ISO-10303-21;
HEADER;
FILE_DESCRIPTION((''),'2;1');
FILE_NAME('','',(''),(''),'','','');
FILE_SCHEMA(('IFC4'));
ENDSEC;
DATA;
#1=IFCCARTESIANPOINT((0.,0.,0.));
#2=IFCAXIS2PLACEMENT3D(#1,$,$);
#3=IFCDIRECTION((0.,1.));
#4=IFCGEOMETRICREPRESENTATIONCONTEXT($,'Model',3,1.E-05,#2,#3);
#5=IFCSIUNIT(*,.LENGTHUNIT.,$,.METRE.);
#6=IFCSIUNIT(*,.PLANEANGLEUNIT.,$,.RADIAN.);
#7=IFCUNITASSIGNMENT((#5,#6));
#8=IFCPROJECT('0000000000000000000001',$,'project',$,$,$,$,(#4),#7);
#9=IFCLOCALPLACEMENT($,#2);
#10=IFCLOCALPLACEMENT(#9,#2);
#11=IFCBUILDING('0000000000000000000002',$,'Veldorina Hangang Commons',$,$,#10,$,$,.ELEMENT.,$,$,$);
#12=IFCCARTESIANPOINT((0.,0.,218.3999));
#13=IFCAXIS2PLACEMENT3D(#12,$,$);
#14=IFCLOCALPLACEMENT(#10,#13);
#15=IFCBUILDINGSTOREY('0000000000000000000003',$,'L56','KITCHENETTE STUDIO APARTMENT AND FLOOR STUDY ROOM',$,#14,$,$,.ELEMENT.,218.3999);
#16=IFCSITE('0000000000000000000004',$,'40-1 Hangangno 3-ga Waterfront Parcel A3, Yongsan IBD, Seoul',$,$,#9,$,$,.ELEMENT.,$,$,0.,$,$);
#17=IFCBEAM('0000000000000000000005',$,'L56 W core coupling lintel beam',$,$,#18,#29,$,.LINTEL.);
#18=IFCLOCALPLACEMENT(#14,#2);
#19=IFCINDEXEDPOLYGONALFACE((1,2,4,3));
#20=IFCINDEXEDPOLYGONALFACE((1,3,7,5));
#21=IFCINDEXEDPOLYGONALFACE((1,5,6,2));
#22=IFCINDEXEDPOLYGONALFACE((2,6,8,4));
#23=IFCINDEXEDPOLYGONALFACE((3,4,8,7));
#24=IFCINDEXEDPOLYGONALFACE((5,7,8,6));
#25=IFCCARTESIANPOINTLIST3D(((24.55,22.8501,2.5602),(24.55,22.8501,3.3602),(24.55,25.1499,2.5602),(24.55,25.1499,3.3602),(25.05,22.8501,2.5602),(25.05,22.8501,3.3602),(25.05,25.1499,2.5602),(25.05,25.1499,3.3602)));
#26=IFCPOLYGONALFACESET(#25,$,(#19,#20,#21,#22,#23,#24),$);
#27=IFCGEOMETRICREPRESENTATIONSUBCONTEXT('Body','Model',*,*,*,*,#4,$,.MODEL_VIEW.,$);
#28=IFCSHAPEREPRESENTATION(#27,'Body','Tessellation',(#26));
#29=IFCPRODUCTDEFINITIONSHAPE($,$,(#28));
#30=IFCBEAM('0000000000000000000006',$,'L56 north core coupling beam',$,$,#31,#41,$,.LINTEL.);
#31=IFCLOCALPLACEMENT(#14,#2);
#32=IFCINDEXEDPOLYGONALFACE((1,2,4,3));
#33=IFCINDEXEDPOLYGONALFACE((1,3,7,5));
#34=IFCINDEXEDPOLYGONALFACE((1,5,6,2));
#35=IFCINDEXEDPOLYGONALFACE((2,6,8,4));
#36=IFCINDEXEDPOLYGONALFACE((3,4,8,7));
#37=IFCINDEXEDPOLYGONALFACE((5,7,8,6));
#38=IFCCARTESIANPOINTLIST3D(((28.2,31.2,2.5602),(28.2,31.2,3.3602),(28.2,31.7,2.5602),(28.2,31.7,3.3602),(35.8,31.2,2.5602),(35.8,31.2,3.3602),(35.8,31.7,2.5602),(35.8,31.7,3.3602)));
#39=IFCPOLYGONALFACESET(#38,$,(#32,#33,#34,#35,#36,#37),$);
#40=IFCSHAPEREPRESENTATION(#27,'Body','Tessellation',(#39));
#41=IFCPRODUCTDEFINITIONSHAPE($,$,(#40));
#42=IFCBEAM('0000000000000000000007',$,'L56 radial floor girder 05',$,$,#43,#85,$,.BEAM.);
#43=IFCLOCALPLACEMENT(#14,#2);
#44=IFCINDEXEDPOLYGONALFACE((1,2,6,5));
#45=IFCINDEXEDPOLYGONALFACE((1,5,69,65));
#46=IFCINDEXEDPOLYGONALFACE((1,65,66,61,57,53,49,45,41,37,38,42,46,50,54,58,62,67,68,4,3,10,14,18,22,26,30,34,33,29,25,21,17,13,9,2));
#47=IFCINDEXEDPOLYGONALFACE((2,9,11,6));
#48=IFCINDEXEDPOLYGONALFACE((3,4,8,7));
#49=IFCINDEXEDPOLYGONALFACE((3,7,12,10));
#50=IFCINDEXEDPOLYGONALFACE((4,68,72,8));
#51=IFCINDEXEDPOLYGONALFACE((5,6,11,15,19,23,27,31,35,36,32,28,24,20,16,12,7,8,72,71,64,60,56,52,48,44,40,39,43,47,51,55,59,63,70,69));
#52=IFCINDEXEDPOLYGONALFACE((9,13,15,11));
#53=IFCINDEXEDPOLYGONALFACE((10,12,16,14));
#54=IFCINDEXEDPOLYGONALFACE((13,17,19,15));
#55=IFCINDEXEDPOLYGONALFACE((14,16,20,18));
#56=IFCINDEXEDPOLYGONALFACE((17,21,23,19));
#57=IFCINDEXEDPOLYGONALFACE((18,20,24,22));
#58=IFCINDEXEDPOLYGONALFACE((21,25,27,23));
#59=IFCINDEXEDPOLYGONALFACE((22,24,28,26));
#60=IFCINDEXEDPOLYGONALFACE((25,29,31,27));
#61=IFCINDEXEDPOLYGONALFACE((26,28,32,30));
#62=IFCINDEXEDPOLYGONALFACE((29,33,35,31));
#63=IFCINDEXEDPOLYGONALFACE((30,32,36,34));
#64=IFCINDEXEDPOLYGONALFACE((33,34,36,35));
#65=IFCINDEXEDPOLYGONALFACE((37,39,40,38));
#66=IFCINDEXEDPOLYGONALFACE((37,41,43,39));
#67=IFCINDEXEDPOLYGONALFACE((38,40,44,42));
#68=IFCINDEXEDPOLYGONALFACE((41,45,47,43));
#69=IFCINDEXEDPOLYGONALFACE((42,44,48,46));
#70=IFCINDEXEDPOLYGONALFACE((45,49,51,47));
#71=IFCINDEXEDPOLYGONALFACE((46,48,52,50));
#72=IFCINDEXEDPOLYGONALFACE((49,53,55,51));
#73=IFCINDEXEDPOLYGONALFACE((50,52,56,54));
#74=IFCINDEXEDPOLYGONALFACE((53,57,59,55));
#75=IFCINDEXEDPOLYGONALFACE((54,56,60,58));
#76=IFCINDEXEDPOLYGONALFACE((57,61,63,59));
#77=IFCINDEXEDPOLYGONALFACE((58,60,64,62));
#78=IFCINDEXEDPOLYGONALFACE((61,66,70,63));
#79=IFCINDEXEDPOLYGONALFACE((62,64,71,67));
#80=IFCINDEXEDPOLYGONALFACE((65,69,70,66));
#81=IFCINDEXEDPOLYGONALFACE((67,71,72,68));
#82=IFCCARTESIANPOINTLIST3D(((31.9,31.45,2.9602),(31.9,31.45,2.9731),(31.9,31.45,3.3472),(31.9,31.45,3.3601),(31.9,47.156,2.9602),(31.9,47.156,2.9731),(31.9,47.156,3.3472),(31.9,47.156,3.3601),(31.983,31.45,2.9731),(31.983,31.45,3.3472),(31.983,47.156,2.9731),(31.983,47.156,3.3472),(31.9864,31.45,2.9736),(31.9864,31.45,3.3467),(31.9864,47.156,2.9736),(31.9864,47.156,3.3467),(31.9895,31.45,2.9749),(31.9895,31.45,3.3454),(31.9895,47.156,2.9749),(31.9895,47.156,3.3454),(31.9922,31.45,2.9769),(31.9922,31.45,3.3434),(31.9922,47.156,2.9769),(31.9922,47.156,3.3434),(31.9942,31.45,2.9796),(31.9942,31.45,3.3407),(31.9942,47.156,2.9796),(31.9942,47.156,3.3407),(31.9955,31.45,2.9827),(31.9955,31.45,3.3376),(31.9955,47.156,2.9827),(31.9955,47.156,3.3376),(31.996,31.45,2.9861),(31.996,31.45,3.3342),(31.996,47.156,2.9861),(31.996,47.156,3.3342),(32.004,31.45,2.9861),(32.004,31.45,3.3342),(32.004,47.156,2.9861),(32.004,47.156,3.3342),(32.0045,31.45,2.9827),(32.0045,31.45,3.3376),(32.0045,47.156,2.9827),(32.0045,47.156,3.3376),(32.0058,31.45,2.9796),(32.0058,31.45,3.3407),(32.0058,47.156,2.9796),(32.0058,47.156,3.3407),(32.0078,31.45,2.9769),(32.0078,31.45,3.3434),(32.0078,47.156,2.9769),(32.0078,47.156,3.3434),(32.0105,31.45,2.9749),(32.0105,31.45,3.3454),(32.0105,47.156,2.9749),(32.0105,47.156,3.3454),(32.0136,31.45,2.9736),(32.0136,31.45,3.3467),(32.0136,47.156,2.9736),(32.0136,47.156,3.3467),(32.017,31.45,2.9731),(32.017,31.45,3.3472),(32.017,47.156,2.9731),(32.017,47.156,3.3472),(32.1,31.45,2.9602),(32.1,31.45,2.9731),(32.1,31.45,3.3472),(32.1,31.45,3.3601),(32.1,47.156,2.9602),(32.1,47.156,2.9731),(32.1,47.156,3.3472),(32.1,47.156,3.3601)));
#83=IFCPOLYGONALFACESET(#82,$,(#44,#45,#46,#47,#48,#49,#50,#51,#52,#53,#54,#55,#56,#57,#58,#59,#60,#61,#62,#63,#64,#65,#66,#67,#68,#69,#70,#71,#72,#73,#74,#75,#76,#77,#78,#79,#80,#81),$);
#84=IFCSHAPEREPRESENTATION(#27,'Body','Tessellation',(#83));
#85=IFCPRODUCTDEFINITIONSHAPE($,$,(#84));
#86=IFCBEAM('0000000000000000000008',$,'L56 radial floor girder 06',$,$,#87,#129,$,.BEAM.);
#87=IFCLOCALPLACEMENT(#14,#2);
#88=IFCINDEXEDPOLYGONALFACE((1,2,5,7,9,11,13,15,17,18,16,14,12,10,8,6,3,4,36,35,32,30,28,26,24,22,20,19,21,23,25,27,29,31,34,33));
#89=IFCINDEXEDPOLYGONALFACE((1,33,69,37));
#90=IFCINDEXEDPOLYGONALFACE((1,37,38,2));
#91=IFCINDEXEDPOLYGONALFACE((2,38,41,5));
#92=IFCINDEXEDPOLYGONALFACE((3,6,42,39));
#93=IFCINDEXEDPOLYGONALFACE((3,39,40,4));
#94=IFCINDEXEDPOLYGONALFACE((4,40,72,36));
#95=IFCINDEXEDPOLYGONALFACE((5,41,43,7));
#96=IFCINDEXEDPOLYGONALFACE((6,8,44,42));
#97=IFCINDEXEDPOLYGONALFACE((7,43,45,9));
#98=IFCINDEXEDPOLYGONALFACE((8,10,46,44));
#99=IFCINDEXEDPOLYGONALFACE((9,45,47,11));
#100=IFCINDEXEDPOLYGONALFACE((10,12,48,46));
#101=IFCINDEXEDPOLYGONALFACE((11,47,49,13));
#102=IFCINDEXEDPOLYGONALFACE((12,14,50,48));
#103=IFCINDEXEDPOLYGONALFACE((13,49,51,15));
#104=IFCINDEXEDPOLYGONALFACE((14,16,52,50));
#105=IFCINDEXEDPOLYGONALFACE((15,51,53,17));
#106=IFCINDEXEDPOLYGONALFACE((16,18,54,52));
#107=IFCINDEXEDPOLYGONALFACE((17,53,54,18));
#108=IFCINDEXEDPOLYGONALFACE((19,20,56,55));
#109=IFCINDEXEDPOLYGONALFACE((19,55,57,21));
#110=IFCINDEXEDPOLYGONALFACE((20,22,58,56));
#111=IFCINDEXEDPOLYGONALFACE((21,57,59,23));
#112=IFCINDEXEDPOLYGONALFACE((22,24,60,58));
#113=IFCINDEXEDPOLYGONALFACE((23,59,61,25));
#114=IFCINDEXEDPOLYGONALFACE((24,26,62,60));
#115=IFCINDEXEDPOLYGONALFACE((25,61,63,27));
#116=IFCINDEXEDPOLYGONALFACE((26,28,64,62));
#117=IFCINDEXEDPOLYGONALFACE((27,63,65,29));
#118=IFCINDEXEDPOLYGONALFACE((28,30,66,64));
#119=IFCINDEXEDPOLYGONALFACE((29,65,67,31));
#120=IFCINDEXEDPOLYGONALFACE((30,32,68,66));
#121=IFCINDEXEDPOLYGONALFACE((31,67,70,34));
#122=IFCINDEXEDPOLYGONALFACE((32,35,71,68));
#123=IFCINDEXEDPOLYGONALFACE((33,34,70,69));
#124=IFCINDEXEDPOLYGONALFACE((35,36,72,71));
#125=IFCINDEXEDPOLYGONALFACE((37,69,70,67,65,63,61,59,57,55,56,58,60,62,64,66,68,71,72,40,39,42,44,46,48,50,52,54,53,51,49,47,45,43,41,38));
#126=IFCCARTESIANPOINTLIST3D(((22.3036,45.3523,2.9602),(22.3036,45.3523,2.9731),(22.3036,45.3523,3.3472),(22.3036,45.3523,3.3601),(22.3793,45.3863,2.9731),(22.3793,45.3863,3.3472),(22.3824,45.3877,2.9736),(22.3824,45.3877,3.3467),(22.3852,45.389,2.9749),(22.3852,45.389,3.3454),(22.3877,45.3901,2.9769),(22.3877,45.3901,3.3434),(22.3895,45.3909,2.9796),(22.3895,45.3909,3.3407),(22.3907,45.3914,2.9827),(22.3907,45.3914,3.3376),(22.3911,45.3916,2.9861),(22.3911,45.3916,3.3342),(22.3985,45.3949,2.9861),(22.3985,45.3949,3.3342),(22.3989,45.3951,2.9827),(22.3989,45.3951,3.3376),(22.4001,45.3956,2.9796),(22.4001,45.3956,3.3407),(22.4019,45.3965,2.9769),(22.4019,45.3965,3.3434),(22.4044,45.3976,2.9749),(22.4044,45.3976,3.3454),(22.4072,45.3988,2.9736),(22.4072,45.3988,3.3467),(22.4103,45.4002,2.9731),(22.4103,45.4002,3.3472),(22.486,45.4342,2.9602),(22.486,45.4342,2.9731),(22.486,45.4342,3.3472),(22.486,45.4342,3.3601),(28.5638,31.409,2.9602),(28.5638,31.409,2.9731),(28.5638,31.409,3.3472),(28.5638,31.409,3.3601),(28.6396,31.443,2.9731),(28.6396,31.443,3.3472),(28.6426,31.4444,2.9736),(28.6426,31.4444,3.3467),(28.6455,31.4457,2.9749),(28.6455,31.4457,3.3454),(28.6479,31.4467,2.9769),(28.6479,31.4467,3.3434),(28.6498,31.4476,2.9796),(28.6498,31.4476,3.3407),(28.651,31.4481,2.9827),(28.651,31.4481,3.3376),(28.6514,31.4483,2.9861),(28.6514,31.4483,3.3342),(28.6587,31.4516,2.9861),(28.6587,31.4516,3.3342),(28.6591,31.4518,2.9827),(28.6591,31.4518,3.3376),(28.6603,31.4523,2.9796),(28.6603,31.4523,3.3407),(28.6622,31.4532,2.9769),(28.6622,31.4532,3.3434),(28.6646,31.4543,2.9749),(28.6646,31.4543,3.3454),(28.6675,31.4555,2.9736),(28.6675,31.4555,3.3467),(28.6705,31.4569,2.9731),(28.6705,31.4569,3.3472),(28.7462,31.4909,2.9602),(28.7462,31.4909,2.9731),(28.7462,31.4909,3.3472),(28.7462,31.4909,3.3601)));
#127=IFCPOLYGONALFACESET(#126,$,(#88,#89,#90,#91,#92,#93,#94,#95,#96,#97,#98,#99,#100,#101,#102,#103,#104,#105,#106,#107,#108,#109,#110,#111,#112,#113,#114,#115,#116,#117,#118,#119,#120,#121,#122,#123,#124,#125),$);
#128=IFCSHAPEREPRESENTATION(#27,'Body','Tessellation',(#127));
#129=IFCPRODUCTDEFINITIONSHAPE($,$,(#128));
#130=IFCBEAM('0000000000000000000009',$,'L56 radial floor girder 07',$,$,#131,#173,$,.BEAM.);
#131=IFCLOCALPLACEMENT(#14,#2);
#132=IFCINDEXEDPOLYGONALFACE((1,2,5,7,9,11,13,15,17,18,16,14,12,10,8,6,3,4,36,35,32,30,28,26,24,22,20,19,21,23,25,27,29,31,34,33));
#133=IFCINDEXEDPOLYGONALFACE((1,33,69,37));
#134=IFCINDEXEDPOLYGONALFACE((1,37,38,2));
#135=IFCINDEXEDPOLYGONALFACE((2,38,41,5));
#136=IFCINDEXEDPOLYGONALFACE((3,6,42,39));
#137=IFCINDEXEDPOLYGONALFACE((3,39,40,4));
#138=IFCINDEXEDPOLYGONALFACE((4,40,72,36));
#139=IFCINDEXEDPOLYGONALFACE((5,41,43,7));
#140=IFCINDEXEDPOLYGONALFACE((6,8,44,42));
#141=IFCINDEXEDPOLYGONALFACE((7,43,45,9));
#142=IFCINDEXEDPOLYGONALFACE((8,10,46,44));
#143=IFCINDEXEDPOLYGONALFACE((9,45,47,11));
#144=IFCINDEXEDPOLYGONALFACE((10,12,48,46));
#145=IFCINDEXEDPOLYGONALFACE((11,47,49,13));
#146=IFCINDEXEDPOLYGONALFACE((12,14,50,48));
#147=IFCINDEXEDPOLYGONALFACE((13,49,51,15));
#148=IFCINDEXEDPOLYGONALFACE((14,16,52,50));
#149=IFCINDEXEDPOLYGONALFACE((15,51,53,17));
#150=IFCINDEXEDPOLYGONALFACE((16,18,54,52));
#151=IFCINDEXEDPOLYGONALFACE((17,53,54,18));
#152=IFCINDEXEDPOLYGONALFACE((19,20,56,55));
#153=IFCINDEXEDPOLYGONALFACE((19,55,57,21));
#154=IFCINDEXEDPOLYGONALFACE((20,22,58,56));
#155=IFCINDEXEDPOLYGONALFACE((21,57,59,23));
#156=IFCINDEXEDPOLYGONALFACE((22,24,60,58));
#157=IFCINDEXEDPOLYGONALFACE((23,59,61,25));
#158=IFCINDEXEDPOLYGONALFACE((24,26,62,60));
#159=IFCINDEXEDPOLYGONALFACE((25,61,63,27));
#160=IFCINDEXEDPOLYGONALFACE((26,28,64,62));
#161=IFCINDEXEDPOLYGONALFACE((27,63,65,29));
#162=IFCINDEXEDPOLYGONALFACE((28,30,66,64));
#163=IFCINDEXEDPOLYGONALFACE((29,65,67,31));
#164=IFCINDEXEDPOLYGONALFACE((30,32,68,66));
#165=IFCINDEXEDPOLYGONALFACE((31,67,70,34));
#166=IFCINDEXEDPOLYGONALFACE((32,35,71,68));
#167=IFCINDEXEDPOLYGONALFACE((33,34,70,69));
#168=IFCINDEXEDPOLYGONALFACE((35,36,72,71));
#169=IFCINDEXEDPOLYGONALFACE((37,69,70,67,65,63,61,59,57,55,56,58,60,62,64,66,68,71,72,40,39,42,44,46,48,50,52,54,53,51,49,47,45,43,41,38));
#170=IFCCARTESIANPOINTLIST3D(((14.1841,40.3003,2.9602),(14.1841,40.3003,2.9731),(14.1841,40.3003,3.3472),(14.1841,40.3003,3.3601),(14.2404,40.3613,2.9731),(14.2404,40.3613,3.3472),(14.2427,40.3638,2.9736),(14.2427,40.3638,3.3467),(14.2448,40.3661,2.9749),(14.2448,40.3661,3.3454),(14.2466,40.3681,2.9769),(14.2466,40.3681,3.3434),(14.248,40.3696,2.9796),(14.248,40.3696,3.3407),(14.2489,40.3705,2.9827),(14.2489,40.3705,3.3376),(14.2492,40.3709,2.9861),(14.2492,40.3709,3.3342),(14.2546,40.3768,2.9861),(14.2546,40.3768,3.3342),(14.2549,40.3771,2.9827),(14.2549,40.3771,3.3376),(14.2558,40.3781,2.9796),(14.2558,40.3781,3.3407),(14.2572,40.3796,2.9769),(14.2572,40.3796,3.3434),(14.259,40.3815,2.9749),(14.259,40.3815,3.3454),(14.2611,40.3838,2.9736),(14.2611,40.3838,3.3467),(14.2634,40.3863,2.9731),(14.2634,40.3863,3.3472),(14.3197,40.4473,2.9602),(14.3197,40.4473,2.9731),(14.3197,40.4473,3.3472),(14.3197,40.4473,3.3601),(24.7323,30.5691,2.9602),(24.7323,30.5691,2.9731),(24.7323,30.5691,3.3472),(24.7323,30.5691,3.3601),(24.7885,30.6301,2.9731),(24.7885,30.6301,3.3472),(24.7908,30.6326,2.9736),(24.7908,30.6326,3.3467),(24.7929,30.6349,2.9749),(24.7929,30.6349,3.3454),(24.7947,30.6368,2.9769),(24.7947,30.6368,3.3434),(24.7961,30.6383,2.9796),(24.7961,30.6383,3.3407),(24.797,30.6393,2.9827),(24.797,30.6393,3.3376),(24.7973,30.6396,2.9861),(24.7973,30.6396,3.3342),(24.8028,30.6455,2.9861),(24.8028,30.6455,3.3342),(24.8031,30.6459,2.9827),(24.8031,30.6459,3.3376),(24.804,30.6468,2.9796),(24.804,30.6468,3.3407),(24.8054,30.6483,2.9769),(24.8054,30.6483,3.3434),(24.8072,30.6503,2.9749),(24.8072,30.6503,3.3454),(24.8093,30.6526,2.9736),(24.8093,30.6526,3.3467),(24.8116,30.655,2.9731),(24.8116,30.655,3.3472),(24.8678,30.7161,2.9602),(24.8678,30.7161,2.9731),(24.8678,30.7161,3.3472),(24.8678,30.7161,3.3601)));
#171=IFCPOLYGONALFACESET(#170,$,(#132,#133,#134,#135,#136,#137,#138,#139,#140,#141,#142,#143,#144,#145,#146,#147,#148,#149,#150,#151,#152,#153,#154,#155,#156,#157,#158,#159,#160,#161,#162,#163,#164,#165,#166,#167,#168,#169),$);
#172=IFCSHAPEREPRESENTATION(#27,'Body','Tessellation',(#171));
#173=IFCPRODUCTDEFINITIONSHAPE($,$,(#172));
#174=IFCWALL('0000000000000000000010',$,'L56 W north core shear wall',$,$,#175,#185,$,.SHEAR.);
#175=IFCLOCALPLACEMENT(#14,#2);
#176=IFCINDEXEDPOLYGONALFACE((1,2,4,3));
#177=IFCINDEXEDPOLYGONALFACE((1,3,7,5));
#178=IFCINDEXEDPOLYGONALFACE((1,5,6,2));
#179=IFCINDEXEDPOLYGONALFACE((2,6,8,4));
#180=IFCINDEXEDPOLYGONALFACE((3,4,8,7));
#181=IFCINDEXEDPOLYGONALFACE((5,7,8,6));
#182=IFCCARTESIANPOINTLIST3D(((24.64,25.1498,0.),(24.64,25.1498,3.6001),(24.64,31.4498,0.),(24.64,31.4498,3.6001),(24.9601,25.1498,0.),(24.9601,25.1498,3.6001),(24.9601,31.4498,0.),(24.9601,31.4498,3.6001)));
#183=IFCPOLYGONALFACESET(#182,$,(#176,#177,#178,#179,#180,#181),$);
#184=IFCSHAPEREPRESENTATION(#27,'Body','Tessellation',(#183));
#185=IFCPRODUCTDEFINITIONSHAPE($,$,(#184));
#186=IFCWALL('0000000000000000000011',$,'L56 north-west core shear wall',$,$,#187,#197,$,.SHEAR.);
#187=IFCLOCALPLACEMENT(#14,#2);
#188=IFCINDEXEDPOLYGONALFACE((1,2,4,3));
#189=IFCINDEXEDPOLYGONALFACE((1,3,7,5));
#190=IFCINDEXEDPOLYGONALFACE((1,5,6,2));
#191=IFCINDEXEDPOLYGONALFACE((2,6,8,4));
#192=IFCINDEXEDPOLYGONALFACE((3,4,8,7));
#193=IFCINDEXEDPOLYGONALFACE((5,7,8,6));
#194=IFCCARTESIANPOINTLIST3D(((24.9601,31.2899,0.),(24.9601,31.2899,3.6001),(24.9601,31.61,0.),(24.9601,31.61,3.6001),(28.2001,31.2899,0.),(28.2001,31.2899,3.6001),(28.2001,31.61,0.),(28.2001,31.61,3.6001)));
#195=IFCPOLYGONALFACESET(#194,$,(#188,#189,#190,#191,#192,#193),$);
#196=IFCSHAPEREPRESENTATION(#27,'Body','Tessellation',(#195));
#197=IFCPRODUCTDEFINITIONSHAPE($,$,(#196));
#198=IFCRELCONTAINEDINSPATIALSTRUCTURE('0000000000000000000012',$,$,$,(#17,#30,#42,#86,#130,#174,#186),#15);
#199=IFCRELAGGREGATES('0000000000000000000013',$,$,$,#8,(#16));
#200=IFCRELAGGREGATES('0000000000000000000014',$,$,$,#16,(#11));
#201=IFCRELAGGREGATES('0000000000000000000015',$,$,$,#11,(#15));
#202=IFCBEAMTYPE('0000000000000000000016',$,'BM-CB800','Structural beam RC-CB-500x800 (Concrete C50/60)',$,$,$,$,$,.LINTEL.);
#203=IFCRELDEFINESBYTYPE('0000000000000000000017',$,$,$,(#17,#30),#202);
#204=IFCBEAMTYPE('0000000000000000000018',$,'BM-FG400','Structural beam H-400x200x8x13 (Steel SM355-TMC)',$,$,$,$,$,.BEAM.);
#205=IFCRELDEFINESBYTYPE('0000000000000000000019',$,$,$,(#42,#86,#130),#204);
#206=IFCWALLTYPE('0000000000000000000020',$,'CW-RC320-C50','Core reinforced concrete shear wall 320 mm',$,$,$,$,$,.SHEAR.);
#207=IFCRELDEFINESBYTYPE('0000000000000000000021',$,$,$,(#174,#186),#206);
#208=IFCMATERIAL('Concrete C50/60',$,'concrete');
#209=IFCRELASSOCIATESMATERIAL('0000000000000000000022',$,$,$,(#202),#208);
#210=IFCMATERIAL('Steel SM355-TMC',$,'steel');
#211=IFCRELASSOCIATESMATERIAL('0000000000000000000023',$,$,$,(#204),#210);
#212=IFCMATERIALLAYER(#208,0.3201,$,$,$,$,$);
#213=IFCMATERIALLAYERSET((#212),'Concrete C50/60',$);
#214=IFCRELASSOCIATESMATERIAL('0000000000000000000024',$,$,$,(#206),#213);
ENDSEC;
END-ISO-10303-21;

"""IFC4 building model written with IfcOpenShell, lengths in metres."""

from ifc_helpers import new_model, si_unit, direction, frame, frame_2d, origin, origin_2d, place, context, subcontext, project, spatial, rectangle, i_section, extrude, material, layer, layer_set, material_profile, profile_set, type_object, element, save


model = new_model("IFC4")

# Units and contexts
model_context = context("Model", 3, precision=1e-05, world=origin(), true_north=direction((0.0, 1.0)))
body_context = subcontext(model_context, "Body", "Model", "MODEL_VIEW")
ifc_project = project(units=[si_unit("LENGTHUNIT", "METRE"), si_unit("PLANEANGLEUNIT", "RADIAN")], contexts=[model_context])

# Site, building, storey
site_placement = place(None, origin())
site = spatial("IfcSite", under=ifc_project, at=site_placement, Name="40-1 Hangangno 3-ga Waterfront Parcel A3, Yongsan IBD, Seoul", CompositionType="ELEMENT", RefElevation=0.0)
building_placement = place(site_placement, origin())
building = spatial("IfcBuilding", under=site, at=building_placement, Name="Veldorina Hangang Commons", CompositionType="ELEMENT")
storey_placement = place(building_placement, frame((0.0, 0.0, 218.3999)))
storey = spatial("IfcBuildingStorey", under=building, at=storey_placement, Name="L56", Description="KITCHENETTE STUDIO APARTMENT AND FLOOR STUDY ROOM", CompositionType="ELEMENT", Elevation=218.3999)

# Beams
ifc_material_1 = material(Name="Concrete C50/60", Category="concrete")
ifc_material_profile_1 = material_profile(ifc_material_1, rectangle(XDim=0.5, YDim=0.8, at=origin_2d()), Name="RC-CB-500x800")
ifc_profile_set_1 = profile_set([ifc_material_profile_1], Name="Concrete C50/60")
beam_type_1 = type_object("IfcBeamType", Name="BM-CB800", Description="Structural beam RC-CB-500x800 (Concrete C50/60)", PredefinedType="LINTEL", material=ifc_profile_set_1)
beam_1_placement = place(storey_placement, frame((24.8, 22.8501, 2.9602), z_axis=(0.0, 1.0, 0.0), x_axis=(-1.0, 0.0, 0.0)))
element("IfcBeam", 1, at=beam_1_placement, inside=storey, type_object=beam_type_1, Name="L56 W core coupling lintel beam", PredefinedType="LINTEL", context=body_context, shape_type="SweptSolid", body=[
    extrude(rectangle(XDim=0.5, YDim=0.8, at=origin_2d()), origin(), (0.0, 0.0, 1.0), 2.2998),
])
beam_2_placement = place(storey_placement, frame((28.2, 31.45, 2.9602), z_axis=(1.0, 0.0, 0.0), x_axis=(0.0, 1.0, 0.0)))
element("IfcBeam", 2, at=beam_2_placement, inside=storey, type_object=beam_type_1, Name="L56 north core coupling beam", PredefinedType="LINTEL", context=body_context, shape_type="SweptSolid", body=[
    extrude(rectangle(XDim=0.5, YDim=0.8, at=origin_2d()), origin(), (0.0, 0.0, 1.0), 7.6001),
])
ifc_material_2 = material(Name="Steel SM355-TMC", Category="steel")
ifc_material_profile_2 = material_profile(ifc_material_2, i_section(OverallWidth=0.2, OverallDepth=0.3999, WebThickness=0.0081, FlangeThickness=0.0129, FilletRadius=0.0129, at=origin_2d()), Name="H-400x200x8x13")
ifc_profile_set_2 = profile_set([ifc_material_profile_2], Name="Steel SM355-TMC")
beam_type_2 = type_object("IfcBeamType", Name="BM-FG400", Description="Structural beam H-400x200x8x13 (Steel SM355-TMC)", PredefinedType="BEAM", material=ifc_profile_set_2)
beam_3_placement = place(storey_placement, frame((32.0, 31.45, 3.1602), z_axis=(0.0, 1.0, 0.0), x_axis=(-1.0, 0.0, 0.0)))
element("IfcBeam", 3, at=beam_3_placement, inside=storey, type_object=beam_type_2, Name="L56 radial floor girder 05", PredefinedType="BEAM", context=body_context, shape_type="SweptSolid", body=[
    extrude(i_section(OverallWidth=0.2, OverallDepth=0.3999, WebThickness=0.0081, FlangeThickness=0.0129, FilletRadius=0.0129, at=origin_2d()), origin(), (0.0, 0.0, 1.0), 15.7061),
])
beam_4_placement = place(storey_placement, frame((28.655, 31.45, 3.1602), z_axis=(-0.409589, 0.91227, 0.0), x_axis=(-0.91227, -0.409589, 0.0)))
element("IfcBeam", 4, at=beam_4_placement, inside=storey, type_object=beam_type_2, Name="L56 radial floor girder 06", PredefinedType="BEAM", context=body_context, shape_type="SweptSolid", body=[
    extrude(i_section(OverallWidth=0.2, OverallDepth=0.3999, WebThickness=0.0081, FlangeThickness=0.0129, FilletRadius=0.0129, at=origin_2d()), origin(), (0.0, 0.0, 1.0), 15.2842),
])
beam_5_placement = place(storey_placement, frame((24.8, 30.6426, 3.1602), z_axis=(-0.734995, 0.678073, 0.0), x_axis=(-0.678073, -0.734995, 0.0)))
element("IfcBeam", 5, at=beam_5_placement, inside=storey, type_object=beam_type_2, Name="L56 radial floor girder 07", PredefinedType="BEAM", context=body_context, shape_type="SweptSolid", body=[
    extrude(i_section(OverallWidth=0.2, OverallDepth=0.3999, WebThickness=0.0081, FlangeThickness=0.0129, FilletRadius=0.0129, at=origin_2d()), origin(), (0.0, 0.0, 1.0), 14.3513),
])

# Walls
ifc_layer_1 = layer(ifc_material_1, 0.3201)
ifc_layer_set_1 = layer_set([ifc_layer_1], Name="Concrete C50/60")
wall_type_1 = type_object("IfcWallType", Name="CW-RC320-C50", Description="Core reinforced concrete shear wall 320 mm", PredefinedType="SHEAR", material=ifc_layer_set_1)
wall_1_placement = place(storey_placement, frame((24.8, 25.1499, 0.0), z_axis=(0.0, 0.0, 1.0), x_axis=(0.0, 1.0, 0.0)))
element("IfcWall", 6, at=wall_1_placement, inside=storey, type_object=wall_type_1, Name="L56 W north core shear wall", PredefinedType="SHEAR", context=body_context, shape_type="SweptSolid", body=[
    extrude(rectangle(XDim=6.3, YDim=0.3201, at=frame_2d((3.1499, 0.0))), origin(), (0.0, 0.0, 1.0), 3.6001),
])
wall_2_placement = place(storey_placement, frame((24.96, 31.45, 0.0), z_axis=(0.0, 0.0, 1.0), x_axis=(1.0, 0.0, 0.0)))
element("IfcWall", 7, at=wall_2_placement, inside=storey, type_object=wall_type_1, Name="L56 north-west core shear wall", PredefinedType="SHEAR", context=body_context, shape_type="SweptSolid", body=[
    extrude(rectangle(XDim=3.24, YDim=0.3201, at=frame_2d((1.6201, 0.0))), origin(), (0.0, 0.0, 1.0), 3.6001),
])

save(model, "model.ifc")
